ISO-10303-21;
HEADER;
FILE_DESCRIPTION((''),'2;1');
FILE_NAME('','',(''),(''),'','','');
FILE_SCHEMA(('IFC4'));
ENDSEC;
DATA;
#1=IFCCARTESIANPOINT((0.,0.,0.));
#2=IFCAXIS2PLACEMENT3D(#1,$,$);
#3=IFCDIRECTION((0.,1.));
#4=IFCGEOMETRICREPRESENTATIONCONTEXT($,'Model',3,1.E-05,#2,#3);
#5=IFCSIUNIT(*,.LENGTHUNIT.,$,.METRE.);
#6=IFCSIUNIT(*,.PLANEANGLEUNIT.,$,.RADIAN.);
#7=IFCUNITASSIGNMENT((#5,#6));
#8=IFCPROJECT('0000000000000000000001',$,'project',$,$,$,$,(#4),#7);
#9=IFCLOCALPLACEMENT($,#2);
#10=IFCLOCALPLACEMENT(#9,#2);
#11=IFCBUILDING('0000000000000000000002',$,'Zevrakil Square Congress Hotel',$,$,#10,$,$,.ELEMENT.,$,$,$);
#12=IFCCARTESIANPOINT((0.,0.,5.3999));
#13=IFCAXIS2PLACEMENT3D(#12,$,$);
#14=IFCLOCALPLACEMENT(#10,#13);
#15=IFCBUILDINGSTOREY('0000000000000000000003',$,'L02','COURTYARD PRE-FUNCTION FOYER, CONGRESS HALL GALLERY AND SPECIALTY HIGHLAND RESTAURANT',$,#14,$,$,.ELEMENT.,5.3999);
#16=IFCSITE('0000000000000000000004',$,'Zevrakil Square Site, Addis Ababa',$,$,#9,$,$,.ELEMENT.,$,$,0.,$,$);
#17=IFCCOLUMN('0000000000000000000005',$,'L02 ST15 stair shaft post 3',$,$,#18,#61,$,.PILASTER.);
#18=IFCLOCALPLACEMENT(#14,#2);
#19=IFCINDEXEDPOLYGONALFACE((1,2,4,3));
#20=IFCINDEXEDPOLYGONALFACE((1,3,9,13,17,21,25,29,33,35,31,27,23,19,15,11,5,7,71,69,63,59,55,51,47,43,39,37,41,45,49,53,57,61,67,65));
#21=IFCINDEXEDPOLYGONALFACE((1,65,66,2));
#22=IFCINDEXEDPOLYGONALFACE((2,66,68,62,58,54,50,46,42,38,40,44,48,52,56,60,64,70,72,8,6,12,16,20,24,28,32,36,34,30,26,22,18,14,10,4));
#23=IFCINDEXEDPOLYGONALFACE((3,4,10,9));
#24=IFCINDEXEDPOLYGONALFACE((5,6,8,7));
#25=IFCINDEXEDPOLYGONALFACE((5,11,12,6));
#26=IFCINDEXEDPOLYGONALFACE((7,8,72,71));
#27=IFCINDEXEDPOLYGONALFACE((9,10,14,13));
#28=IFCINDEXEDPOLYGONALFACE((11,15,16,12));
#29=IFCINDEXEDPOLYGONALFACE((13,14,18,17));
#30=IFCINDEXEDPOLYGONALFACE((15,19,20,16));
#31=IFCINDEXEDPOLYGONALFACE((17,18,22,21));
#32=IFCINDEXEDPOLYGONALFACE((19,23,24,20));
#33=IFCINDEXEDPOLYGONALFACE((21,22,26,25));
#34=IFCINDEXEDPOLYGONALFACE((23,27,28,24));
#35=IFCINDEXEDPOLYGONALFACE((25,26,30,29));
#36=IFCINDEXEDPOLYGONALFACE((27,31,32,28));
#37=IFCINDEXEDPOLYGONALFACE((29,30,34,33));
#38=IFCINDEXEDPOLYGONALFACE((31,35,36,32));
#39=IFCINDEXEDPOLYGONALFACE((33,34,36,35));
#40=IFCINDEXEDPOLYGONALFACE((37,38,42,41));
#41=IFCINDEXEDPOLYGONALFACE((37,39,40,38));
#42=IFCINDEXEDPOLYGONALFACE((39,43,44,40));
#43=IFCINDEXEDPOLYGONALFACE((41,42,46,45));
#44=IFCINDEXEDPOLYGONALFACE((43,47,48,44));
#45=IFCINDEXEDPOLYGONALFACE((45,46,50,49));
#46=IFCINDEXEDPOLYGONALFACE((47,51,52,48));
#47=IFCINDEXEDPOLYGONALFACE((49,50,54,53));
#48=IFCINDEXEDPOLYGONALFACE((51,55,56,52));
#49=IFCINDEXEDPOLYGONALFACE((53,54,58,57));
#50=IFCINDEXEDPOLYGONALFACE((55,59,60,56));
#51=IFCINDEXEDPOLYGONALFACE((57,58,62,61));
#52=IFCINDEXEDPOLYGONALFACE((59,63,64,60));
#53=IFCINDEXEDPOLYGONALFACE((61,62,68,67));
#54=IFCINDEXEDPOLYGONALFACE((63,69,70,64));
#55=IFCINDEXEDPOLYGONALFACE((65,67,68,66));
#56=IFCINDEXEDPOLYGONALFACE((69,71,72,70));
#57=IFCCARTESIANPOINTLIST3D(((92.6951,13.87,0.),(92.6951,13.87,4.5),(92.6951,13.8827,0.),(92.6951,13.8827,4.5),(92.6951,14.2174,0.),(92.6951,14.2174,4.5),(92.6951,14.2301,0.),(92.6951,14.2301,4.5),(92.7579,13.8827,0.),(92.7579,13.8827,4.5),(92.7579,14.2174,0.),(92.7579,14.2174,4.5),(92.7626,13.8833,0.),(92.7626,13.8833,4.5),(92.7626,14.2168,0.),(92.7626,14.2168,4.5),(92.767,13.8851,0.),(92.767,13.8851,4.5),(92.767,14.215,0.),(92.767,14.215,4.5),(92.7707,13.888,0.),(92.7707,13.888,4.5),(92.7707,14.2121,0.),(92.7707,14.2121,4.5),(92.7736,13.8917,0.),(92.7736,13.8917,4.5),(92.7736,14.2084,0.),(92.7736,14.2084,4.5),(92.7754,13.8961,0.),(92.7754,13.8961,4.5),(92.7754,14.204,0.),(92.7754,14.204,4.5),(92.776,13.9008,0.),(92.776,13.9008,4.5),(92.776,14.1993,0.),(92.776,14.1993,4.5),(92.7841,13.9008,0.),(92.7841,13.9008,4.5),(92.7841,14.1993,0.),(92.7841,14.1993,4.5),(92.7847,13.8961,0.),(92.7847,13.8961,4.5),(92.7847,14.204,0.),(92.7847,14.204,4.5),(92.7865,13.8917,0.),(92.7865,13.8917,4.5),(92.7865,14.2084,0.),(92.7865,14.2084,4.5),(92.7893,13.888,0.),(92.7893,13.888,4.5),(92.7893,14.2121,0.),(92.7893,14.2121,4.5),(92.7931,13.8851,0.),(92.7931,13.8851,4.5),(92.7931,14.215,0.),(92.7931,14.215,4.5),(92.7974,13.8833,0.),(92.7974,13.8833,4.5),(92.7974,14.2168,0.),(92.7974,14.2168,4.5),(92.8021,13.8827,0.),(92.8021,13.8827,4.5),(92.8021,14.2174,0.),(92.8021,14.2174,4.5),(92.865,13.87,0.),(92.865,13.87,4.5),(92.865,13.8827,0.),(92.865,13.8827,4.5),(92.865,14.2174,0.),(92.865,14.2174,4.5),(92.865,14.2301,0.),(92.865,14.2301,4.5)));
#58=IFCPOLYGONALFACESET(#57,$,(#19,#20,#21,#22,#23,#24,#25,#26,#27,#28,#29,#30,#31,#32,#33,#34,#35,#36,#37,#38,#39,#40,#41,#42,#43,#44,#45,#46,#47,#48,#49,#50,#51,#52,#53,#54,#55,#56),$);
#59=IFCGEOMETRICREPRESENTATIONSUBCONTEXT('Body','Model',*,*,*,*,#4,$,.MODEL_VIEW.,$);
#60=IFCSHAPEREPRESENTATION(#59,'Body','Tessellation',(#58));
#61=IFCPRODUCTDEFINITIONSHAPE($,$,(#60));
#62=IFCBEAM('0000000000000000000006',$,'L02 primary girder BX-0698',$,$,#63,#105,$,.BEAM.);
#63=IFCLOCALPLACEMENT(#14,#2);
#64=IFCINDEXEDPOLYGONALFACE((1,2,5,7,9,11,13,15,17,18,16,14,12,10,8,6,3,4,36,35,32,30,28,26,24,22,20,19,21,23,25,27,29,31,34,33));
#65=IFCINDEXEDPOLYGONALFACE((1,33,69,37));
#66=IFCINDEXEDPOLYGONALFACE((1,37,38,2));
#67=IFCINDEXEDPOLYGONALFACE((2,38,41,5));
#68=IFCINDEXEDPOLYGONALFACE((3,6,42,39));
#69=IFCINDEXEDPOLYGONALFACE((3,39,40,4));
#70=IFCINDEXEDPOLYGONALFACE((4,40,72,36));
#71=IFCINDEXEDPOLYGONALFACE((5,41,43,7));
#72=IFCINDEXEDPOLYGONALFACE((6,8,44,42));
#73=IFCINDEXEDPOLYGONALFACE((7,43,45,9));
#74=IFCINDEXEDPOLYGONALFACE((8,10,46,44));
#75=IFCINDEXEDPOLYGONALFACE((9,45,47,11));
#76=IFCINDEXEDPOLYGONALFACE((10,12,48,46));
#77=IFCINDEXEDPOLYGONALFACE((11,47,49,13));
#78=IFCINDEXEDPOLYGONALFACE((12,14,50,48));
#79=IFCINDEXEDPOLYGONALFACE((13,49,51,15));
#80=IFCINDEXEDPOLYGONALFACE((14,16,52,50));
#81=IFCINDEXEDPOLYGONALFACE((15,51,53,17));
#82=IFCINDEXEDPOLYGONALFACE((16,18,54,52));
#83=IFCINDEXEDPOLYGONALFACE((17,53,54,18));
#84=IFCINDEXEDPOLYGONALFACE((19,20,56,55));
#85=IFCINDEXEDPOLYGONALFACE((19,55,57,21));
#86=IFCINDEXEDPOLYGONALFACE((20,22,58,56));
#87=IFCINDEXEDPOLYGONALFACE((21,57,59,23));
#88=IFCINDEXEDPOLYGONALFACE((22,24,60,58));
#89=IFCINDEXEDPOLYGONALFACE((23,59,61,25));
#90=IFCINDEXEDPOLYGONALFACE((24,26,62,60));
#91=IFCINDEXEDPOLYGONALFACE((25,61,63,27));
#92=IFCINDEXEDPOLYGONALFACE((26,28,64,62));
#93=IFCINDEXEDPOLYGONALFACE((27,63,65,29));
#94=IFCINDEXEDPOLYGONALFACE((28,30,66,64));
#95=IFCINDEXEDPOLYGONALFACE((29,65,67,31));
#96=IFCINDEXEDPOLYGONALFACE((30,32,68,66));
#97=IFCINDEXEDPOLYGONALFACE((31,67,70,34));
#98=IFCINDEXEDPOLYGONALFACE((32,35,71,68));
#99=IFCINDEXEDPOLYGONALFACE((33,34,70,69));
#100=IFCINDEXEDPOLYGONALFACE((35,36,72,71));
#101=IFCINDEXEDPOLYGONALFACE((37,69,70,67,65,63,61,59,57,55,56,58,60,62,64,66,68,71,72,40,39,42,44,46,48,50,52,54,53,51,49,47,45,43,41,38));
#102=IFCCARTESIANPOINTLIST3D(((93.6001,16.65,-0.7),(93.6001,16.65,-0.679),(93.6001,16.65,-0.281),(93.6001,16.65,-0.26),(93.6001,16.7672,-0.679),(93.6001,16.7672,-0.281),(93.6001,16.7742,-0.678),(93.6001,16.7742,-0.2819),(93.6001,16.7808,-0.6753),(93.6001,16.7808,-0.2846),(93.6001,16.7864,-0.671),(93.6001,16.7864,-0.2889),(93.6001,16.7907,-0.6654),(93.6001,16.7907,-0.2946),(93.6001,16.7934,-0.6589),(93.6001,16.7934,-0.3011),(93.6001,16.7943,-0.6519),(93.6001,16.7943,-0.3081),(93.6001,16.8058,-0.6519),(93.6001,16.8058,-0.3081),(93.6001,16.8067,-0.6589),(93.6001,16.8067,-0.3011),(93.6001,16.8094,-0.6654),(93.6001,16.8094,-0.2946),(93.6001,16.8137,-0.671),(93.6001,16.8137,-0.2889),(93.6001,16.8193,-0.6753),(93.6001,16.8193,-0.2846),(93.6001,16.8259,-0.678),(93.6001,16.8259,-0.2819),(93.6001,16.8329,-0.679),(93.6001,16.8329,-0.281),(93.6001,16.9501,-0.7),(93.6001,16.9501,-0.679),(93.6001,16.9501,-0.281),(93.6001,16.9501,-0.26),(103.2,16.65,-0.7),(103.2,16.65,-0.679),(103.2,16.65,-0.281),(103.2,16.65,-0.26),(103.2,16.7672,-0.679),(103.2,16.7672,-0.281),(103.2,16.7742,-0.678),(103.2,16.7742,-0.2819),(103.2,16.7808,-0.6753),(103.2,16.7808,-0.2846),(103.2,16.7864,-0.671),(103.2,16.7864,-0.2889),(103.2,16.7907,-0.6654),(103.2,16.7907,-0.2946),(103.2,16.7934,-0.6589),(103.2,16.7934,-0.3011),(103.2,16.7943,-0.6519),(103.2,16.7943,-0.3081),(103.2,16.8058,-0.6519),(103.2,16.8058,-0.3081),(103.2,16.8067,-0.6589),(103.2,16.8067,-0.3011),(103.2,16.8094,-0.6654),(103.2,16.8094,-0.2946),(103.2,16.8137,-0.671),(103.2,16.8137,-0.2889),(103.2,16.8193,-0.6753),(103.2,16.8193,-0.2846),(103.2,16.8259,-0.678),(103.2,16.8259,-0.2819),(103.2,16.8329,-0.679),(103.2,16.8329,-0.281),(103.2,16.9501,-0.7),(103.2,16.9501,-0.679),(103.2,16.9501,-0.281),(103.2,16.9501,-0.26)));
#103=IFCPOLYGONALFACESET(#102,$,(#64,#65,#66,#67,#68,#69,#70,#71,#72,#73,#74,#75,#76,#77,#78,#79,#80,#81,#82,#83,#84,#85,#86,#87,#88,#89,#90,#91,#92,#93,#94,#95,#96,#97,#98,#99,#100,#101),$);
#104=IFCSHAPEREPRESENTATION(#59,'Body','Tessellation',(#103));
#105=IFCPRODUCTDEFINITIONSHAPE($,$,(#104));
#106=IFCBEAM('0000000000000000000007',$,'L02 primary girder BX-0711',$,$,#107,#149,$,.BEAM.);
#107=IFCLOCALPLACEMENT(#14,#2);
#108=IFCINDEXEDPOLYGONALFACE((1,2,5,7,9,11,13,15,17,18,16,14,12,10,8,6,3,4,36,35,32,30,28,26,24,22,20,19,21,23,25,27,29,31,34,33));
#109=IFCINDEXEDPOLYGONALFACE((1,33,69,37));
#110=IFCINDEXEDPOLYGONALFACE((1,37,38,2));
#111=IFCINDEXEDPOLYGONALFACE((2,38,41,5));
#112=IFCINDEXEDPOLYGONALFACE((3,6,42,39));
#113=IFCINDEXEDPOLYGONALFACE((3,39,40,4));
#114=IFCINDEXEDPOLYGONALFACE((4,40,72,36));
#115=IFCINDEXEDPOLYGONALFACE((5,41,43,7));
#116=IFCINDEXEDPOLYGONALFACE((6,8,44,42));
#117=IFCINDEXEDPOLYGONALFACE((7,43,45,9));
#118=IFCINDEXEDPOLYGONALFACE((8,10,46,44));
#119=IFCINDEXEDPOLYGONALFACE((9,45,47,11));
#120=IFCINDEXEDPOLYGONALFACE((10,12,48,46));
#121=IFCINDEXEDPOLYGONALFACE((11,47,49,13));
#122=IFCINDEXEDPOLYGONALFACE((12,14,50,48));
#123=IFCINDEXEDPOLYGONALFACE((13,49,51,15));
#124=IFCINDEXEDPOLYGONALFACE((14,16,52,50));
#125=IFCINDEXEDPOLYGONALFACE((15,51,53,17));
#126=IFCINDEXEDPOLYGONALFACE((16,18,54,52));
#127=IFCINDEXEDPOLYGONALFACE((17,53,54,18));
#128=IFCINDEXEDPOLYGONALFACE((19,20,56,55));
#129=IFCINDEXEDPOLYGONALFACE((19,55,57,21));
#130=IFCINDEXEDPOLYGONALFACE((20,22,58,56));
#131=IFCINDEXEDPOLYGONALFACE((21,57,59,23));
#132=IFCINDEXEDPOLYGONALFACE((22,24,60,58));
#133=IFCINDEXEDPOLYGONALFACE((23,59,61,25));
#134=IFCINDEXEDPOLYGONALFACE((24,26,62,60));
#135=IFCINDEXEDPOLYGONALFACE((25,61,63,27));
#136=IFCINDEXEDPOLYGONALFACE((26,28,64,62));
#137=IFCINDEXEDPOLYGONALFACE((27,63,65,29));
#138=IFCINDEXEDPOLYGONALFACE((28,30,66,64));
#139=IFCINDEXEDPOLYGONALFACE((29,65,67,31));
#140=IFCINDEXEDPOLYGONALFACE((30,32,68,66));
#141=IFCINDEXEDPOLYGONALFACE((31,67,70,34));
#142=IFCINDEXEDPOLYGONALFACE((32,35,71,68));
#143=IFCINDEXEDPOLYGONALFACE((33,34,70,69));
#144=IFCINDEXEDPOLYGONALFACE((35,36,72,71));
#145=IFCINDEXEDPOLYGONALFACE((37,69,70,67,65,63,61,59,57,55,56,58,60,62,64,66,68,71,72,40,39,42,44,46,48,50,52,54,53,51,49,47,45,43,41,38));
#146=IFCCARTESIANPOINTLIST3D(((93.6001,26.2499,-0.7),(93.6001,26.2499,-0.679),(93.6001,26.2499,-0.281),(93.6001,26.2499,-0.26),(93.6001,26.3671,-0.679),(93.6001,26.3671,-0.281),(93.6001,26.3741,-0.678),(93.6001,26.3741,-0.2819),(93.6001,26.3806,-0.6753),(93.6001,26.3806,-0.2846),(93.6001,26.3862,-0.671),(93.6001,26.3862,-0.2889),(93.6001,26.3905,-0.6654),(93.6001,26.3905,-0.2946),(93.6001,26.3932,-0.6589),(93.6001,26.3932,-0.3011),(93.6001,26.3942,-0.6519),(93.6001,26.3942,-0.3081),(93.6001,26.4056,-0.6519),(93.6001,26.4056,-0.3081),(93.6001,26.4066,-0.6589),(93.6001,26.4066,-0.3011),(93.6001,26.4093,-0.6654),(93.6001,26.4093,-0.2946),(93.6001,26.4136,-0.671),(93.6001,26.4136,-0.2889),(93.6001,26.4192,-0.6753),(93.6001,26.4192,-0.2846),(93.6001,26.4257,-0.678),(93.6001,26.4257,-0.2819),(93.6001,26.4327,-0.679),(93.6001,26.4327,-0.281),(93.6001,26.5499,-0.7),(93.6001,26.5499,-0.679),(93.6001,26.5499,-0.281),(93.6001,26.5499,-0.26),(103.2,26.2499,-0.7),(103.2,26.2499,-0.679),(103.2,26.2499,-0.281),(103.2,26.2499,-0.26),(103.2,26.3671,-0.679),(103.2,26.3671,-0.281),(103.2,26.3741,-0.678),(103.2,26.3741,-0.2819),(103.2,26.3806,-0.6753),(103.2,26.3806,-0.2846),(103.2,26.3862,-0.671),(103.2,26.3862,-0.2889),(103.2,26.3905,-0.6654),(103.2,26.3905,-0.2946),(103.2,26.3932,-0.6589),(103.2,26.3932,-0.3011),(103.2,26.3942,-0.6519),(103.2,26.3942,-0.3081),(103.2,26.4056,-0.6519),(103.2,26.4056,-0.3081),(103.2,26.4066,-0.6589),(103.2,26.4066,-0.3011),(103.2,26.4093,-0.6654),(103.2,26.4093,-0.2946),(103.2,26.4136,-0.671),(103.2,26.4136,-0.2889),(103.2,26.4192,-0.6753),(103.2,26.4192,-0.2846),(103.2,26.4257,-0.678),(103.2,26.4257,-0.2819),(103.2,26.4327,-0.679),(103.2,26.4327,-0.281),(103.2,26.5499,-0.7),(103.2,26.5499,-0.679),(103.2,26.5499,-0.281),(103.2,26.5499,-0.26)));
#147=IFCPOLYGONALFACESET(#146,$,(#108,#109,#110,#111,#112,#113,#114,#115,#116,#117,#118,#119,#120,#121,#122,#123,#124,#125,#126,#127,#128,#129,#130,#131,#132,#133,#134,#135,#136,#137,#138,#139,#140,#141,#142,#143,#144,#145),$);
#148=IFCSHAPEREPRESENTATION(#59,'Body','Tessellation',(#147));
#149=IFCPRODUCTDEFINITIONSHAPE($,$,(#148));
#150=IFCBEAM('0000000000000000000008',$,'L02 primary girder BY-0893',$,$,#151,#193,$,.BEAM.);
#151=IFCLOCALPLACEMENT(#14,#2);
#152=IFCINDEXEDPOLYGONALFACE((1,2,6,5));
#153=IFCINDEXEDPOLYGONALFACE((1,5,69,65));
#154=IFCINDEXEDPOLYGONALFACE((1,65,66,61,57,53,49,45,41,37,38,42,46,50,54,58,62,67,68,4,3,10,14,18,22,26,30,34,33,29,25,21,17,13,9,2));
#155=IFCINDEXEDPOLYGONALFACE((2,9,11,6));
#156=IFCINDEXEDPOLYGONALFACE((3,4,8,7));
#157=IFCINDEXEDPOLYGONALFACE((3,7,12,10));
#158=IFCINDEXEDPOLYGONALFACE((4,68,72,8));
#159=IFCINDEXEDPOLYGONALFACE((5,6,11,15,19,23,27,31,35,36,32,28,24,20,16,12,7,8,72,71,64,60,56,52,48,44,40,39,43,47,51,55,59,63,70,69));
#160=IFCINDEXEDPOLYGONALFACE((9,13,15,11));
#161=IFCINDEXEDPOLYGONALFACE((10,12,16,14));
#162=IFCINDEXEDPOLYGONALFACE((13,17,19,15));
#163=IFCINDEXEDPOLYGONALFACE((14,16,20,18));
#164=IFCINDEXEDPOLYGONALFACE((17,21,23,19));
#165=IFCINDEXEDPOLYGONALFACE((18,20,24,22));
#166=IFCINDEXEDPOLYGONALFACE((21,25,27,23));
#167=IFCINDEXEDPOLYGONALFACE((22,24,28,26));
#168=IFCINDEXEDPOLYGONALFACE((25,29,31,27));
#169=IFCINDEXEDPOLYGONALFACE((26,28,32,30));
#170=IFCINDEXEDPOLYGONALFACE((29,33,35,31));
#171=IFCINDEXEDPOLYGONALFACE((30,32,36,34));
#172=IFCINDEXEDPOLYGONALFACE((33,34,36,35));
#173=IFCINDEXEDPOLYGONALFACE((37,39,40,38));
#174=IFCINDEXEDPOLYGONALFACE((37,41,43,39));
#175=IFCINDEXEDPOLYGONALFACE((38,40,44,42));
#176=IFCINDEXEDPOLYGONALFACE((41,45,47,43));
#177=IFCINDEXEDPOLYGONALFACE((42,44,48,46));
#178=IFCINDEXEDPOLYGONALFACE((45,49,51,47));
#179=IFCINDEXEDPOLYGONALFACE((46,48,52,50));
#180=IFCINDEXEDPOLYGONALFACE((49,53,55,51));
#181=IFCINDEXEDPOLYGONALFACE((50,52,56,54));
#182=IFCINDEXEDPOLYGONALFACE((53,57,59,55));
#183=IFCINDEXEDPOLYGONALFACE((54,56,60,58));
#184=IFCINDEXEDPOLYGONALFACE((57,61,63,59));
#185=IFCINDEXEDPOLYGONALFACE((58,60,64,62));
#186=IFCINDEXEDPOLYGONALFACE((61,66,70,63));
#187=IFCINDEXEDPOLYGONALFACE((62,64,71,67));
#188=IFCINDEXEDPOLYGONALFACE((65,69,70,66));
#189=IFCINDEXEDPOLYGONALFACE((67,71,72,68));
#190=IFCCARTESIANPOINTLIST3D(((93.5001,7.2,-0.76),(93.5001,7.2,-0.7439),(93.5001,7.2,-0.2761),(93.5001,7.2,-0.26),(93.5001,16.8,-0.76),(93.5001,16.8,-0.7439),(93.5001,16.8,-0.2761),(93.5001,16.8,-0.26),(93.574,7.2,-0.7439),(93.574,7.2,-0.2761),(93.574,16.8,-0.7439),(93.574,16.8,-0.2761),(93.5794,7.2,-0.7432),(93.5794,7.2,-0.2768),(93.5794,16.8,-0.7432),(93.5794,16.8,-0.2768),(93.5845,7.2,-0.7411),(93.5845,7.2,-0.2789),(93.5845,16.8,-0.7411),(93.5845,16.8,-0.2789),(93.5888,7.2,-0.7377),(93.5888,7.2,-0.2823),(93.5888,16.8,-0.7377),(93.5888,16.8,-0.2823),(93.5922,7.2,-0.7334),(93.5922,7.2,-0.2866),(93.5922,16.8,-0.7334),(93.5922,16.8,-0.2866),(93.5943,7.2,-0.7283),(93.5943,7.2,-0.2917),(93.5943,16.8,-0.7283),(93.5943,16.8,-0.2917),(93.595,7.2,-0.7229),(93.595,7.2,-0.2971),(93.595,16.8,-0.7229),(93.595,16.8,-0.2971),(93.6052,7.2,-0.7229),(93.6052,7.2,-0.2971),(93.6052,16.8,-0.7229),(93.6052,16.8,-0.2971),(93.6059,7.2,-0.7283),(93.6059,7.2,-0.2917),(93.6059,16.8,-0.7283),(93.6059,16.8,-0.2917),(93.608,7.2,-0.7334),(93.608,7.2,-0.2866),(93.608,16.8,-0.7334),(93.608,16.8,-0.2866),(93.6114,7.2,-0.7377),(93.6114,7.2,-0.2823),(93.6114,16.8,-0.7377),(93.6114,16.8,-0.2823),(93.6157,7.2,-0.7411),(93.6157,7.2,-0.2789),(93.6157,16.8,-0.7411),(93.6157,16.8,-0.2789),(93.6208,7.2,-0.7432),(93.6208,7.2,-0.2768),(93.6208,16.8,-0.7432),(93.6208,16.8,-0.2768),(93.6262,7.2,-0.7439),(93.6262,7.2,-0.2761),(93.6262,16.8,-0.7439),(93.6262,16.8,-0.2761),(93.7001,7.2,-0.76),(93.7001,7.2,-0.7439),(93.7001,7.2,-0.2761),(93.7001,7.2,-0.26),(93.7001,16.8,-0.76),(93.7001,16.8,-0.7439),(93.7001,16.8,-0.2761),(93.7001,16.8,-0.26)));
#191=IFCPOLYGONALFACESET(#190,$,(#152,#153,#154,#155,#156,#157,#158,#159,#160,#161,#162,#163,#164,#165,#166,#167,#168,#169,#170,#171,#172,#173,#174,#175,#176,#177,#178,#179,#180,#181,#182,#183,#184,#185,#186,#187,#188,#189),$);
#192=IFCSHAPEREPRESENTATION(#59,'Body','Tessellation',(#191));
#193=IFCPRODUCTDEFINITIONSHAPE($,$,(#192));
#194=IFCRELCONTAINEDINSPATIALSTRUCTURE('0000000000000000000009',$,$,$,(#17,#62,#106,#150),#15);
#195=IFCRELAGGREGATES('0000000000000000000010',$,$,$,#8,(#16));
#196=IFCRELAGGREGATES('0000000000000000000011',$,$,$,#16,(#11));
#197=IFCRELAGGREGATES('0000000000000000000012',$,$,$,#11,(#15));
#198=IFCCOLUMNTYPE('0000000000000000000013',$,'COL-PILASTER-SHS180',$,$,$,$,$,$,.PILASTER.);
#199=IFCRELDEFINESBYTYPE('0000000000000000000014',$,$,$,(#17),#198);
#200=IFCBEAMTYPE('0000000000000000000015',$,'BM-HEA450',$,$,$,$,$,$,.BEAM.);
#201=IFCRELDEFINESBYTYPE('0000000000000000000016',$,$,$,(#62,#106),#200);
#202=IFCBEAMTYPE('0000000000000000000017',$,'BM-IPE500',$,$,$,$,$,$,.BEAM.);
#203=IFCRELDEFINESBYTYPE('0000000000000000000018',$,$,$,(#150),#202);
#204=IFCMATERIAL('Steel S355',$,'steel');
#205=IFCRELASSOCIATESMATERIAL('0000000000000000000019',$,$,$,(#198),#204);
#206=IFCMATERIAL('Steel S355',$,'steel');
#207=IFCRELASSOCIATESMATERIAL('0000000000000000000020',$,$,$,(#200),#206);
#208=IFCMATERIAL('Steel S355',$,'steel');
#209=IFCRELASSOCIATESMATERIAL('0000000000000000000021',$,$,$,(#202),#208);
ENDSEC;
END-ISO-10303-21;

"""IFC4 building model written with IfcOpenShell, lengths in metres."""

from ifc_helpers import new_model, si_unit, direction, frame, origin, origin_2d, place, context, subcontext, project, spatial, i_section, extrude, material, material_profile, profile_set, type_object, element, save


model = new_model("IFC4")

# Units and contexts
model_context = context("Model", 3, precision=1e-05, world=origin(), true_north=direction((0.0, 1.0)))
body_context = subcontext(model_context, "Body", "Model", "MODEL_VIEW")
ifc_project = project(units=[si_unit("LENGTHUNIT", "METRE"), si_unit("PLANEANGLEUNIT", "RADIAN")], contexts=[model_context])

# Site, building, storey
site_placement = place(None, origin())
site = spatial("IfcSite", under=ifc_project, at=site_placement, Name="Zevrakil Square Site, Addis Ababa", CompositionType="ELEMENT", RefElevation=0.0)
building_placement = place(site_placement, origin())
building = spatial("IfcBuilding", under=site, at=building_placement, Name="Zevrakil Square Congress Hotel", CompositionType="ELEMENT")
storey_placement = place(building_placement, frame((0.0, 0.0, 5.3999)))
storey = spatial("IfcBuildingStorey", under=building, at=storey_placement, Name="L02", Description="COURTYARD PRE-FUNCTION FOYER, CONGRESS HALL GALLERY AND SPECIALTY HIGHLAND RESTAURANT", CompositionType="ELEMENT", Elevation=5.3999)

# Column
ifc_material_1 = material(Name="Steel S355", Category="steel")
ifc_material_profile_1 = material_profile(ifc_material_1, i_section(OverallWidth=0.1699, OverallDepth=0.3601, WebThickness=0.0081, FlangeThickness=0.0127, FilletRadius=0.0181, at=origin_2d()), Name="IPE 360")
ifc_profile_set_1 = profile_set([ifc_material_profile_1], Name="Steel S355")
column_type_1 = type_object("IfcColumnType", Name="COL-PILASTER-SHS180", PredefinedType="PILASTER", material=ifc_profile_set_1)
for number, where, z_axis, x_axis, name in (
    (1, (92.78, 14.05, 0.0), (0.0, 0.0, 1.0), (1.0, 0.0, 0.0), "L02 ST15 stair shaft post 3"),
):
    element("IfcColumn", number, at=place(storey_placement, frame(where, z_axis=z_axis, x_axis=x_axis)), inside=storey, type_object=column_type_1, Name=name, PredefinedType="PILASTER", context=body_context, shape_type="SweptSolid", body=[
        extrude(i_section(OverallWidth=0.1699, OverallDepth=0.3601, WebThickness=0.0081, FlangeThickness=0.0127, FilletRadius=0.0181, at=origin_2d()), origin(), (0.0, 0.0, 1.0), 4.5),
    ])

# Beams
ifc_material_2 = material(Name="Steel S355", Category="steel")
ifc_material_profile_2 = material_profile(ifc_material_2, i_section(OverallWidth=0.3, OverallDepth=0.4399, WebThickness=0.0115, FlangeThickness=0.021, FilletRadius=0.0271, at=origin_2d()), Name="HEA 450")
ifc_profile_set_2 = profile_set([ifc_material_profile_2], Name="Steel S355")
beam_type_1 = type_object("IfcBeamType", Name="BM-HEA450", PredefinedType="BEAM", material=ifc_profile_set_2)
for number, where, z_axis, x_axis, name in (
    (2, (93.6001, 16.8, -0.48), (1.0, 0.0, 0.0), (0.0, 1.0, 0.0), "L02 primary girder BX-0698"),
    (3, (93.6001, 26.3999, -0.48), (1.0, 0.0, 0.0), (0.0, 1.0, 0.0), "L02 primary girder BX-0711"),
):
    element("IfcBeam", number, at=place(storey_placement, frame(where, z_axis=z_axis, x_axis=x_axis)), inside=storey, type_object=beam_type_1, Name=name, PredefinedType="BEAM", context=body_context, shape_type="SweptSolid", body=[
        extrude(i_section(OverallWidth=0.3, OverallDepth=0.4399, WebThickness=0.0115, FlangeThickness=0.021, FilletRadius=0.0271, at=origin_2d()), origin(), (0.0, 0.0, 1.0), 9.5999),
    ])
ifc_material_3 = material(Name="Steel S355", Category="steel")
ifc_material_profile_3 = material_profile(ifc_material_3, i_section(OverallWidth=0.2, OverallDepth=0.5, WebThickness=0.0103, FlangeThickness=0.0161, FilletRadius=0.021, at=origin_2d()), Name="IPE 500")
ifc_profile_set_3 = profile_set([ifc_material_profile_3], Name="Steel S355")
beam_type_2 = type_object("IfcBeamType", Name="BM-IPE500", PredefinedType="BEAM", material=ifc_profile_set_3)
beam_1_placement = place(storey_placement, frame((93.6001, 7.2, -0.51), z_axis=(0.0, 1.0, 0.0), x_axis=(-1.0, 0.0, 0.0)))
element("IfcBeam", 4, at=beam_1_placement, inside=storey, type_object=beam_type_2, Name="L02 primary girder BY-0893", PredefinedType="BEAM", context=body_context, shape_type="SweptSolid", body=[
    extrude(i_section(OverallWidth=0.2, OverallDepth=0.5, WebThickness=0.0103, FlangeThickness=0.0161, FilletRadius=0.021, at=origin_2d()), origin(), (0.0, 0.0, 1.0), 9.6001),
])

save(model, "model.ifc")
